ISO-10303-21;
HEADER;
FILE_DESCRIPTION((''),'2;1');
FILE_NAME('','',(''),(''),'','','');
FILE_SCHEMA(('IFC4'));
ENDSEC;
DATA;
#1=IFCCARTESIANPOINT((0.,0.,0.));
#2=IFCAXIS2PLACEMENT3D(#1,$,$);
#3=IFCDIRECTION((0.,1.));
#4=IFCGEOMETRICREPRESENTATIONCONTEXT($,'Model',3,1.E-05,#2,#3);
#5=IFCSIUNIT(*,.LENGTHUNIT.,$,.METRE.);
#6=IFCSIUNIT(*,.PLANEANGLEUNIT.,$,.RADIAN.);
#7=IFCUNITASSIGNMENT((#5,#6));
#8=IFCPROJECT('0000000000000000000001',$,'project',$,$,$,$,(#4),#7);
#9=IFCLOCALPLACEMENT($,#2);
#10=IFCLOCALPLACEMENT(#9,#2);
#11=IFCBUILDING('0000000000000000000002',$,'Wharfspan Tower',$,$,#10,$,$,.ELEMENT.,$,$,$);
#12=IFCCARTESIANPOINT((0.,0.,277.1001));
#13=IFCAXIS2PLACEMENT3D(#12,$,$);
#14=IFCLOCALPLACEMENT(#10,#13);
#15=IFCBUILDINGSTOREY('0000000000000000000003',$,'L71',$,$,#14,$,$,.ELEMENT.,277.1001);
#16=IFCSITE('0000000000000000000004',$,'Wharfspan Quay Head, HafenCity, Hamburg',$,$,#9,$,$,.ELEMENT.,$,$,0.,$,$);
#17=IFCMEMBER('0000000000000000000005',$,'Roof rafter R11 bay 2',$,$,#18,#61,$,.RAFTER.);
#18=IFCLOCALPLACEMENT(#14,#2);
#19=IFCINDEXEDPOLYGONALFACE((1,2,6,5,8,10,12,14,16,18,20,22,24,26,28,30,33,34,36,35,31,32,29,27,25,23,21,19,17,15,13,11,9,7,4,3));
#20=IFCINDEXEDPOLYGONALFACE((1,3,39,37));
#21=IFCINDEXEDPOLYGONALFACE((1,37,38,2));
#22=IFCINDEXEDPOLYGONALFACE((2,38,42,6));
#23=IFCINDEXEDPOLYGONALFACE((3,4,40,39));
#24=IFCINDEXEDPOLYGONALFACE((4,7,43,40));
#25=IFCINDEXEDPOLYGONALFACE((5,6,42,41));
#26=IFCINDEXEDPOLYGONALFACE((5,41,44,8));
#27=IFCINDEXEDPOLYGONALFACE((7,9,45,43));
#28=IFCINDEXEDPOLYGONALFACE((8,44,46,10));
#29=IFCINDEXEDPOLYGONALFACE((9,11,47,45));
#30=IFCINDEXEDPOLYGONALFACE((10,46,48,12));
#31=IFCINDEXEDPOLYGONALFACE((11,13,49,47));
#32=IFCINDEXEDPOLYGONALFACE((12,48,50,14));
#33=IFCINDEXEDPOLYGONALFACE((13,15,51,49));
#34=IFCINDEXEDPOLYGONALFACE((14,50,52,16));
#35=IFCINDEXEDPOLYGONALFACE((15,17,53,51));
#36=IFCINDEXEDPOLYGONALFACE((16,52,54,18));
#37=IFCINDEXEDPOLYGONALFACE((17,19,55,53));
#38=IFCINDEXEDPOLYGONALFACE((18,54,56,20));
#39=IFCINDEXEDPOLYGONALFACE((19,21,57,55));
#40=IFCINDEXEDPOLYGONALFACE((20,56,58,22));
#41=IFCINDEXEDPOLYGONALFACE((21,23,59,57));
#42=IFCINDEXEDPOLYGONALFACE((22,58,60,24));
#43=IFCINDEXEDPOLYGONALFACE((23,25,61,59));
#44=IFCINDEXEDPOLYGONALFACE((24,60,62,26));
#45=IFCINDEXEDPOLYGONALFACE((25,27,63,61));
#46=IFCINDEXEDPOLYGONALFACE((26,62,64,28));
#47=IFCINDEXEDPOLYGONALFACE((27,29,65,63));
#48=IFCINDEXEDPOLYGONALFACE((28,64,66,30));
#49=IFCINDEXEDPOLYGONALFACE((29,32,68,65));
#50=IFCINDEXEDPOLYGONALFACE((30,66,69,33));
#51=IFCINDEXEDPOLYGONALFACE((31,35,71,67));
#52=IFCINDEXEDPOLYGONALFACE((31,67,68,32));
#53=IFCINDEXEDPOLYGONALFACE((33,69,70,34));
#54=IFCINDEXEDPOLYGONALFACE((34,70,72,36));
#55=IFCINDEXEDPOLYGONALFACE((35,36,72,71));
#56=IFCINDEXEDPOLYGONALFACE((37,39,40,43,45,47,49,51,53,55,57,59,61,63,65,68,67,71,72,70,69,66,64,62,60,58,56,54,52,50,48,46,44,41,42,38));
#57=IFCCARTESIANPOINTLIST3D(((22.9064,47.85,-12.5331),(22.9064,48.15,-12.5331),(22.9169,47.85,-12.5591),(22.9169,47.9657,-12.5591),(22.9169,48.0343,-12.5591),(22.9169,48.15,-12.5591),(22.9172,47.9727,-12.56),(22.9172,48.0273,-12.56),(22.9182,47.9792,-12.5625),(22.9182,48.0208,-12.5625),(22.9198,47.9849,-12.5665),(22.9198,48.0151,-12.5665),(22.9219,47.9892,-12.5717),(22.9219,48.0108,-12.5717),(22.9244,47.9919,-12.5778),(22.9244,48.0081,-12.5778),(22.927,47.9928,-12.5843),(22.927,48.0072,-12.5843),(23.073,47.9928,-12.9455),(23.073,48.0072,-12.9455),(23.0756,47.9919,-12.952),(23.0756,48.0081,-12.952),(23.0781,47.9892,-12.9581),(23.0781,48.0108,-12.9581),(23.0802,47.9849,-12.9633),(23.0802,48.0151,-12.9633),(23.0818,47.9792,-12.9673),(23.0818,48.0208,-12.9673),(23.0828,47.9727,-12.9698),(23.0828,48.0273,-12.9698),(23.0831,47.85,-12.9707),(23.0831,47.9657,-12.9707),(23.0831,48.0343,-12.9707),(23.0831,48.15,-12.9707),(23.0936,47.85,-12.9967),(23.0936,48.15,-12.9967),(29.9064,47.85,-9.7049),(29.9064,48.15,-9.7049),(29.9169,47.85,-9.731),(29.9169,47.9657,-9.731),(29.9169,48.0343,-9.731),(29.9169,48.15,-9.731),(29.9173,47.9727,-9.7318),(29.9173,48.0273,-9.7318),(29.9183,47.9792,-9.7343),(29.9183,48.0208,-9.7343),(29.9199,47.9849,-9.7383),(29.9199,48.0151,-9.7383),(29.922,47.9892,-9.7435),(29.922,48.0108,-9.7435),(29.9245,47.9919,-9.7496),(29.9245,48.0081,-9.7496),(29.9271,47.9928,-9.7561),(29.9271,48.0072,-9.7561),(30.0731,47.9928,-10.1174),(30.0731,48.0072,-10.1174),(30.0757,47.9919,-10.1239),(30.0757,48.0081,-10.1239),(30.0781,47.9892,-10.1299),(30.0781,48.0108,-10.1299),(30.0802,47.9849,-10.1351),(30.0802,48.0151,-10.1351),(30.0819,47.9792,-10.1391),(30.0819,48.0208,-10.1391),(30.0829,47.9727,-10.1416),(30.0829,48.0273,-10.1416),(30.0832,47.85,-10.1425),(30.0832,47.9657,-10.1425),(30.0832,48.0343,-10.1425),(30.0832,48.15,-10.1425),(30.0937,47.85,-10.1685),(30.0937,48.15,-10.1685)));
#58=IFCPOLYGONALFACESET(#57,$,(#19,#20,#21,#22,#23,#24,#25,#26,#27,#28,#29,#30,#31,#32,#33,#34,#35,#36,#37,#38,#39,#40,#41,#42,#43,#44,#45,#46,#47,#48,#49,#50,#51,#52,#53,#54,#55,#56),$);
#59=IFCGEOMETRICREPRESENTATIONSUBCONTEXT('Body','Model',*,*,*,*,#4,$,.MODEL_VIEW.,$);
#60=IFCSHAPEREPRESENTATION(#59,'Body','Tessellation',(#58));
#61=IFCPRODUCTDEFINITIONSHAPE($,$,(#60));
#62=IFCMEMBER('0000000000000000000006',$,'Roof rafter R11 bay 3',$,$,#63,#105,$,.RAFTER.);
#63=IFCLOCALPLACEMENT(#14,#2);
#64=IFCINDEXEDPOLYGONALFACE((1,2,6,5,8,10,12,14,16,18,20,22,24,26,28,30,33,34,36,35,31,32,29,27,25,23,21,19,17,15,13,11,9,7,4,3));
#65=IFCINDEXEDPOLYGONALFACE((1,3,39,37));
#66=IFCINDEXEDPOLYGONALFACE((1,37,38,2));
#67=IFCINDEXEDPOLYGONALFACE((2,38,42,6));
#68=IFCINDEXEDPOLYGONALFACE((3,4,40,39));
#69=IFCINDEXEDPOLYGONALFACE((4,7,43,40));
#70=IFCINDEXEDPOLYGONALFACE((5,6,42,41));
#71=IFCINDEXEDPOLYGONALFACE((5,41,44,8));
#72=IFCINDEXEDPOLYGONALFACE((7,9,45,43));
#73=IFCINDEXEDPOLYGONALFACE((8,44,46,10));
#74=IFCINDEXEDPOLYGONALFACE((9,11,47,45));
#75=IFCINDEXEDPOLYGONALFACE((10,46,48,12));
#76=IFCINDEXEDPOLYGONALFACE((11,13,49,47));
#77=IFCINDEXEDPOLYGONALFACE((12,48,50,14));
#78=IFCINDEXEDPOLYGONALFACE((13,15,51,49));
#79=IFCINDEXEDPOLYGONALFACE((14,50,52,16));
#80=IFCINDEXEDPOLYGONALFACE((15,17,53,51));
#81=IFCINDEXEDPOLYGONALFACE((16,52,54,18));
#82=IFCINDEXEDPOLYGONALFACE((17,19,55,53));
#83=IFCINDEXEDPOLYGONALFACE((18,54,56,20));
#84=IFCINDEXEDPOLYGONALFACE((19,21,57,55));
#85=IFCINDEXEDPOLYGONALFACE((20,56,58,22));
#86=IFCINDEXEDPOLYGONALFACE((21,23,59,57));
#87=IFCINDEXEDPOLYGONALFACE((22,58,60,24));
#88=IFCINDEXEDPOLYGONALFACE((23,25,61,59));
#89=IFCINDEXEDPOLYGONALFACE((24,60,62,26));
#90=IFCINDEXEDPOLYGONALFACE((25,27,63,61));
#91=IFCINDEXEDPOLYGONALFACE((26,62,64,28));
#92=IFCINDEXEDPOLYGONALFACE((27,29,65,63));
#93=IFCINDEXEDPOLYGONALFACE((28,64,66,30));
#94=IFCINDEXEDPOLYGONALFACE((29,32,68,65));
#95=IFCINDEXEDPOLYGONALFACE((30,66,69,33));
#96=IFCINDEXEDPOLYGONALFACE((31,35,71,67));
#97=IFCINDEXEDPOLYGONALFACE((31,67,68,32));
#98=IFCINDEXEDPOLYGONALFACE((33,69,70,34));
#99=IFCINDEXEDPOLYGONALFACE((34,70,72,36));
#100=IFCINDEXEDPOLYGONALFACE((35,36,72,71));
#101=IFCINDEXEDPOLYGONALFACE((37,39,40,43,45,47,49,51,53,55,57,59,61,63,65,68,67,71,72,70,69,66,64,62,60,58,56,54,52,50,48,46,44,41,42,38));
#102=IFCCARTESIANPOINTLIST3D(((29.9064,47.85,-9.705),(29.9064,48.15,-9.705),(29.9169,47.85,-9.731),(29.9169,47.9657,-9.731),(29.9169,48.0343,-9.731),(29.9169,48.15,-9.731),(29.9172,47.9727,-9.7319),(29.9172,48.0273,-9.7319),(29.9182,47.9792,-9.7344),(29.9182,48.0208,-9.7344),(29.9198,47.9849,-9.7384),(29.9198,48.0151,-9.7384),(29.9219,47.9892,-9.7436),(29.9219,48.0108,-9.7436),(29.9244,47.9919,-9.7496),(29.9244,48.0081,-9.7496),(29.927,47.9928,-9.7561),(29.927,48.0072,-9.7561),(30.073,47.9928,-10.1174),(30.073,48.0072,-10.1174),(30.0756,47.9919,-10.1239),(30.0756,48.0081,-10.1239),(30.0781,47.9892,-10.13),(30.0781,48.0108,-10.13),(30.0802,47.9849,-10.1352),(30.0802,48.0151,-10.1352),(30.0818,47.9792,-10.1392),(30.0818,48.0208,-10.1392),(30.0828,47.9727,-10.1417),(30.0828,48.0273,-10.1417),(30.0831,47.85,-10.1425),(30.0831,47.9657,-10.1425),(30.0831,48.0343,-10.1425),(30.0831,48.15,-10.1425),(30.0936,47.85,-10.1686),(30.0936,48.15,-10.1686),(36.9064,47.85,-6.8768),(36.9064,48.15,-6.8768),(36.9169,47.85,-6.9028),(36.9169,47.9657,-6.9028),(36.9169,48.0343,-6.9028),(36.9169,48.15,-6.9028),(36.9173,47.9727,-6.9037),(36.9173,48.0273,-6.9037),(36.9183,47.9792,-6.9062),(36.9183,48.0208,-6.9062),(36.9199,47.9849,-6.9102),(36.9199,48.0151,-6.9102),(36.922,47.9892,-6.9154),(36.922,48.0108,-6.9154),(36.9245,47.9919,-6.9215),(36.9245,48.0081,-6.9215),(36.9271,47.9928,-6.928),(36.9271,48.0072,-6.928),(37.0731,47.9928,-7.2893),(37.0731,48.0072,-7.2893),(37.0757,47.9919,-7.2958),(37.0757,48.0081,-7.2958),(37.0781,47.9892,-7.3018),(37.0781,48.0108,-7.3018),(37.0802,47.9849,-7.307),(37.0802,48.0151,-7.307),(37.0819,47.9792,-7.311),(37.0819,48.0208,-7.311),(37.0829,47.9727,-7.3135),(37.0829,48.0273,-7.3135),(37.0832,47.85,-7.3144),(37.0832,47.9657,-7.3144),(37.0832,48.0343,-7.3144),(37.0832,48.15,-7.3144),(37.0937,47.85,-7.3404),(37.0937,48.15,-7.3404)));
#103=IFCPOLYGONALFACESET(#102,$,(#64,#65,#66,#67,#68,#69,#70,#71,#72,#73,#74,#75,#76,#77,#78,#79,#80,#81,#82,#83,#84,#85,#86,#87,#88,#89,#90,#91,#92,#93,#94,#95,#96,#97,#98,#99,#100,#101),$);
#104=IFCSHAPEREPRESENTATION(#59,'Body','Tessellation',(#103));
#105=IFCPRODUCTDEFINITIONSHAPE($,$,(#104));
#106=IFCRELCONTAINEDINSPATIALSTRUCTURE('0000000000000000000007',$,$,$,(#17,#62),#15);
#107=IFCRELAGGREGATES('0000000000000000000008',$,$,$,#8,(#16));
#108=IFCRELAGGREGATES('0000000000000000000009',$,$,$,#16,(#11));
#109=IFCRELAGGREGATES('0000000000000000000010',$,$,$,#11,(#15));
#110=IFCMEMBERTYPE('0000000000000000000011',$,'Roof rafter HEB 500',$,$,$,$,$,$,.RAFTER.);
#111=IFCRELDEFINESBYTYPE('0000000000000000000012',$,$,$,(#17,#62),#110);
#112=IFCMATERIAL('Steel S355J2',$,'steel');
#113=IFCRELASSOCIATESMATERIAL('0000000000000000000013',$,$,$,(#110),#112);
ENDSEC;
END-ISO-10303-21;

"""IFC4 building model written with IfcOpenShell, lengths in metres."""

from ifc_helpers import new_model, si_unit, direction, frame, origin, origin_2d, place, context, subcontext, project, spatial, i_section, extrude, material, material_profile, profile_set, type_object, element, save


model = new_model("IFC4")

# Units and contexts
model_context = context("Model", 3, precision=1e-05, world=origin(), true_north=direction((0.0, 1.0)))
body_context = subcontext(model_context, "Body", "Model", "MODEL_VIEW")
ifc_project = project(units=[si_unit("LENGTHUNIT", "METRE"), si_unit("PLANEANGLEUNIT", "RADIAN")], contexts=[model_context])

# Site, building, storey
site_placement = place(None, origin())
site = spatial("IfcSite", under=ifc_project, at=site_placement, Name="Wharfspan Quay Head, HafenCity, Hamburg", CompositionType="ELEMENT", RefElevation=0.0)
building_placement = place(site_placement, origin())
building = spatial("IfcBuilding", under=site, at=building_placement, Name="Wharfspan Tower", CompositionType="ELEMENT")
storey_placement = place(building_placement, frame((0.0, 0.0, 277.1001)))
storey = spatial("IfcBuildingStorey", under=building, at=storey_placement, Name="L71", CompositionType="ELEMENT", Elevation=277.1001)

# Members
ifc_material = material(Name="Steel S355J2", Category="steel")
ifc_material_profile = material_profile(ifc_material, i_section(OverallWidth=0.3, OverallDepth=0.5, WebThickness=0.0144, FlangeThickness=0.0281, FilletRadius=0.0271, at=origin_2d()))
ifc_profile_set = profile_set([ifc_material_profile], Name="Steel S355J2")
member_type = type_object("IfcMemberType", Name="Roof rafter HEB 500", PredefinedType="RAFTER", material=ifc_profile_set)
for number, where, z_axis, x_axis, name in (
    (1, (23.0, 48.0, -12.7649), (0.927187, 0.0, 0.3746), (0.0, 1.0, 0.0), "Roof rafter R11 bay 2"),
    (2, (30.0, 48.0, -9.9368), (0.927187, 0.0, 0.3746), (0.0, 1.0, 0.0), "Roof rafter R11 bay 3"),
):
    element("IfcMember", number, at=place(storey_placement, frame(where, z_axis=z_axis, x_axis=x_axis)), inside=storey, type_object=member_type, Name=name, PredefinedType="RAFTER", context=body_context, shape_type="SweptSolid", body=[
        extrude(i_section(OverallWidth=0.3, OverallDepth=0.5, WebThickness=0.0144, FlangeThickness=0.0281, FilletRadius=0.0271, at=origin_2d()), origin(), (0.0, 0.0, 1.0), 7.5498),
    ])

save(model, "model.ifc")
